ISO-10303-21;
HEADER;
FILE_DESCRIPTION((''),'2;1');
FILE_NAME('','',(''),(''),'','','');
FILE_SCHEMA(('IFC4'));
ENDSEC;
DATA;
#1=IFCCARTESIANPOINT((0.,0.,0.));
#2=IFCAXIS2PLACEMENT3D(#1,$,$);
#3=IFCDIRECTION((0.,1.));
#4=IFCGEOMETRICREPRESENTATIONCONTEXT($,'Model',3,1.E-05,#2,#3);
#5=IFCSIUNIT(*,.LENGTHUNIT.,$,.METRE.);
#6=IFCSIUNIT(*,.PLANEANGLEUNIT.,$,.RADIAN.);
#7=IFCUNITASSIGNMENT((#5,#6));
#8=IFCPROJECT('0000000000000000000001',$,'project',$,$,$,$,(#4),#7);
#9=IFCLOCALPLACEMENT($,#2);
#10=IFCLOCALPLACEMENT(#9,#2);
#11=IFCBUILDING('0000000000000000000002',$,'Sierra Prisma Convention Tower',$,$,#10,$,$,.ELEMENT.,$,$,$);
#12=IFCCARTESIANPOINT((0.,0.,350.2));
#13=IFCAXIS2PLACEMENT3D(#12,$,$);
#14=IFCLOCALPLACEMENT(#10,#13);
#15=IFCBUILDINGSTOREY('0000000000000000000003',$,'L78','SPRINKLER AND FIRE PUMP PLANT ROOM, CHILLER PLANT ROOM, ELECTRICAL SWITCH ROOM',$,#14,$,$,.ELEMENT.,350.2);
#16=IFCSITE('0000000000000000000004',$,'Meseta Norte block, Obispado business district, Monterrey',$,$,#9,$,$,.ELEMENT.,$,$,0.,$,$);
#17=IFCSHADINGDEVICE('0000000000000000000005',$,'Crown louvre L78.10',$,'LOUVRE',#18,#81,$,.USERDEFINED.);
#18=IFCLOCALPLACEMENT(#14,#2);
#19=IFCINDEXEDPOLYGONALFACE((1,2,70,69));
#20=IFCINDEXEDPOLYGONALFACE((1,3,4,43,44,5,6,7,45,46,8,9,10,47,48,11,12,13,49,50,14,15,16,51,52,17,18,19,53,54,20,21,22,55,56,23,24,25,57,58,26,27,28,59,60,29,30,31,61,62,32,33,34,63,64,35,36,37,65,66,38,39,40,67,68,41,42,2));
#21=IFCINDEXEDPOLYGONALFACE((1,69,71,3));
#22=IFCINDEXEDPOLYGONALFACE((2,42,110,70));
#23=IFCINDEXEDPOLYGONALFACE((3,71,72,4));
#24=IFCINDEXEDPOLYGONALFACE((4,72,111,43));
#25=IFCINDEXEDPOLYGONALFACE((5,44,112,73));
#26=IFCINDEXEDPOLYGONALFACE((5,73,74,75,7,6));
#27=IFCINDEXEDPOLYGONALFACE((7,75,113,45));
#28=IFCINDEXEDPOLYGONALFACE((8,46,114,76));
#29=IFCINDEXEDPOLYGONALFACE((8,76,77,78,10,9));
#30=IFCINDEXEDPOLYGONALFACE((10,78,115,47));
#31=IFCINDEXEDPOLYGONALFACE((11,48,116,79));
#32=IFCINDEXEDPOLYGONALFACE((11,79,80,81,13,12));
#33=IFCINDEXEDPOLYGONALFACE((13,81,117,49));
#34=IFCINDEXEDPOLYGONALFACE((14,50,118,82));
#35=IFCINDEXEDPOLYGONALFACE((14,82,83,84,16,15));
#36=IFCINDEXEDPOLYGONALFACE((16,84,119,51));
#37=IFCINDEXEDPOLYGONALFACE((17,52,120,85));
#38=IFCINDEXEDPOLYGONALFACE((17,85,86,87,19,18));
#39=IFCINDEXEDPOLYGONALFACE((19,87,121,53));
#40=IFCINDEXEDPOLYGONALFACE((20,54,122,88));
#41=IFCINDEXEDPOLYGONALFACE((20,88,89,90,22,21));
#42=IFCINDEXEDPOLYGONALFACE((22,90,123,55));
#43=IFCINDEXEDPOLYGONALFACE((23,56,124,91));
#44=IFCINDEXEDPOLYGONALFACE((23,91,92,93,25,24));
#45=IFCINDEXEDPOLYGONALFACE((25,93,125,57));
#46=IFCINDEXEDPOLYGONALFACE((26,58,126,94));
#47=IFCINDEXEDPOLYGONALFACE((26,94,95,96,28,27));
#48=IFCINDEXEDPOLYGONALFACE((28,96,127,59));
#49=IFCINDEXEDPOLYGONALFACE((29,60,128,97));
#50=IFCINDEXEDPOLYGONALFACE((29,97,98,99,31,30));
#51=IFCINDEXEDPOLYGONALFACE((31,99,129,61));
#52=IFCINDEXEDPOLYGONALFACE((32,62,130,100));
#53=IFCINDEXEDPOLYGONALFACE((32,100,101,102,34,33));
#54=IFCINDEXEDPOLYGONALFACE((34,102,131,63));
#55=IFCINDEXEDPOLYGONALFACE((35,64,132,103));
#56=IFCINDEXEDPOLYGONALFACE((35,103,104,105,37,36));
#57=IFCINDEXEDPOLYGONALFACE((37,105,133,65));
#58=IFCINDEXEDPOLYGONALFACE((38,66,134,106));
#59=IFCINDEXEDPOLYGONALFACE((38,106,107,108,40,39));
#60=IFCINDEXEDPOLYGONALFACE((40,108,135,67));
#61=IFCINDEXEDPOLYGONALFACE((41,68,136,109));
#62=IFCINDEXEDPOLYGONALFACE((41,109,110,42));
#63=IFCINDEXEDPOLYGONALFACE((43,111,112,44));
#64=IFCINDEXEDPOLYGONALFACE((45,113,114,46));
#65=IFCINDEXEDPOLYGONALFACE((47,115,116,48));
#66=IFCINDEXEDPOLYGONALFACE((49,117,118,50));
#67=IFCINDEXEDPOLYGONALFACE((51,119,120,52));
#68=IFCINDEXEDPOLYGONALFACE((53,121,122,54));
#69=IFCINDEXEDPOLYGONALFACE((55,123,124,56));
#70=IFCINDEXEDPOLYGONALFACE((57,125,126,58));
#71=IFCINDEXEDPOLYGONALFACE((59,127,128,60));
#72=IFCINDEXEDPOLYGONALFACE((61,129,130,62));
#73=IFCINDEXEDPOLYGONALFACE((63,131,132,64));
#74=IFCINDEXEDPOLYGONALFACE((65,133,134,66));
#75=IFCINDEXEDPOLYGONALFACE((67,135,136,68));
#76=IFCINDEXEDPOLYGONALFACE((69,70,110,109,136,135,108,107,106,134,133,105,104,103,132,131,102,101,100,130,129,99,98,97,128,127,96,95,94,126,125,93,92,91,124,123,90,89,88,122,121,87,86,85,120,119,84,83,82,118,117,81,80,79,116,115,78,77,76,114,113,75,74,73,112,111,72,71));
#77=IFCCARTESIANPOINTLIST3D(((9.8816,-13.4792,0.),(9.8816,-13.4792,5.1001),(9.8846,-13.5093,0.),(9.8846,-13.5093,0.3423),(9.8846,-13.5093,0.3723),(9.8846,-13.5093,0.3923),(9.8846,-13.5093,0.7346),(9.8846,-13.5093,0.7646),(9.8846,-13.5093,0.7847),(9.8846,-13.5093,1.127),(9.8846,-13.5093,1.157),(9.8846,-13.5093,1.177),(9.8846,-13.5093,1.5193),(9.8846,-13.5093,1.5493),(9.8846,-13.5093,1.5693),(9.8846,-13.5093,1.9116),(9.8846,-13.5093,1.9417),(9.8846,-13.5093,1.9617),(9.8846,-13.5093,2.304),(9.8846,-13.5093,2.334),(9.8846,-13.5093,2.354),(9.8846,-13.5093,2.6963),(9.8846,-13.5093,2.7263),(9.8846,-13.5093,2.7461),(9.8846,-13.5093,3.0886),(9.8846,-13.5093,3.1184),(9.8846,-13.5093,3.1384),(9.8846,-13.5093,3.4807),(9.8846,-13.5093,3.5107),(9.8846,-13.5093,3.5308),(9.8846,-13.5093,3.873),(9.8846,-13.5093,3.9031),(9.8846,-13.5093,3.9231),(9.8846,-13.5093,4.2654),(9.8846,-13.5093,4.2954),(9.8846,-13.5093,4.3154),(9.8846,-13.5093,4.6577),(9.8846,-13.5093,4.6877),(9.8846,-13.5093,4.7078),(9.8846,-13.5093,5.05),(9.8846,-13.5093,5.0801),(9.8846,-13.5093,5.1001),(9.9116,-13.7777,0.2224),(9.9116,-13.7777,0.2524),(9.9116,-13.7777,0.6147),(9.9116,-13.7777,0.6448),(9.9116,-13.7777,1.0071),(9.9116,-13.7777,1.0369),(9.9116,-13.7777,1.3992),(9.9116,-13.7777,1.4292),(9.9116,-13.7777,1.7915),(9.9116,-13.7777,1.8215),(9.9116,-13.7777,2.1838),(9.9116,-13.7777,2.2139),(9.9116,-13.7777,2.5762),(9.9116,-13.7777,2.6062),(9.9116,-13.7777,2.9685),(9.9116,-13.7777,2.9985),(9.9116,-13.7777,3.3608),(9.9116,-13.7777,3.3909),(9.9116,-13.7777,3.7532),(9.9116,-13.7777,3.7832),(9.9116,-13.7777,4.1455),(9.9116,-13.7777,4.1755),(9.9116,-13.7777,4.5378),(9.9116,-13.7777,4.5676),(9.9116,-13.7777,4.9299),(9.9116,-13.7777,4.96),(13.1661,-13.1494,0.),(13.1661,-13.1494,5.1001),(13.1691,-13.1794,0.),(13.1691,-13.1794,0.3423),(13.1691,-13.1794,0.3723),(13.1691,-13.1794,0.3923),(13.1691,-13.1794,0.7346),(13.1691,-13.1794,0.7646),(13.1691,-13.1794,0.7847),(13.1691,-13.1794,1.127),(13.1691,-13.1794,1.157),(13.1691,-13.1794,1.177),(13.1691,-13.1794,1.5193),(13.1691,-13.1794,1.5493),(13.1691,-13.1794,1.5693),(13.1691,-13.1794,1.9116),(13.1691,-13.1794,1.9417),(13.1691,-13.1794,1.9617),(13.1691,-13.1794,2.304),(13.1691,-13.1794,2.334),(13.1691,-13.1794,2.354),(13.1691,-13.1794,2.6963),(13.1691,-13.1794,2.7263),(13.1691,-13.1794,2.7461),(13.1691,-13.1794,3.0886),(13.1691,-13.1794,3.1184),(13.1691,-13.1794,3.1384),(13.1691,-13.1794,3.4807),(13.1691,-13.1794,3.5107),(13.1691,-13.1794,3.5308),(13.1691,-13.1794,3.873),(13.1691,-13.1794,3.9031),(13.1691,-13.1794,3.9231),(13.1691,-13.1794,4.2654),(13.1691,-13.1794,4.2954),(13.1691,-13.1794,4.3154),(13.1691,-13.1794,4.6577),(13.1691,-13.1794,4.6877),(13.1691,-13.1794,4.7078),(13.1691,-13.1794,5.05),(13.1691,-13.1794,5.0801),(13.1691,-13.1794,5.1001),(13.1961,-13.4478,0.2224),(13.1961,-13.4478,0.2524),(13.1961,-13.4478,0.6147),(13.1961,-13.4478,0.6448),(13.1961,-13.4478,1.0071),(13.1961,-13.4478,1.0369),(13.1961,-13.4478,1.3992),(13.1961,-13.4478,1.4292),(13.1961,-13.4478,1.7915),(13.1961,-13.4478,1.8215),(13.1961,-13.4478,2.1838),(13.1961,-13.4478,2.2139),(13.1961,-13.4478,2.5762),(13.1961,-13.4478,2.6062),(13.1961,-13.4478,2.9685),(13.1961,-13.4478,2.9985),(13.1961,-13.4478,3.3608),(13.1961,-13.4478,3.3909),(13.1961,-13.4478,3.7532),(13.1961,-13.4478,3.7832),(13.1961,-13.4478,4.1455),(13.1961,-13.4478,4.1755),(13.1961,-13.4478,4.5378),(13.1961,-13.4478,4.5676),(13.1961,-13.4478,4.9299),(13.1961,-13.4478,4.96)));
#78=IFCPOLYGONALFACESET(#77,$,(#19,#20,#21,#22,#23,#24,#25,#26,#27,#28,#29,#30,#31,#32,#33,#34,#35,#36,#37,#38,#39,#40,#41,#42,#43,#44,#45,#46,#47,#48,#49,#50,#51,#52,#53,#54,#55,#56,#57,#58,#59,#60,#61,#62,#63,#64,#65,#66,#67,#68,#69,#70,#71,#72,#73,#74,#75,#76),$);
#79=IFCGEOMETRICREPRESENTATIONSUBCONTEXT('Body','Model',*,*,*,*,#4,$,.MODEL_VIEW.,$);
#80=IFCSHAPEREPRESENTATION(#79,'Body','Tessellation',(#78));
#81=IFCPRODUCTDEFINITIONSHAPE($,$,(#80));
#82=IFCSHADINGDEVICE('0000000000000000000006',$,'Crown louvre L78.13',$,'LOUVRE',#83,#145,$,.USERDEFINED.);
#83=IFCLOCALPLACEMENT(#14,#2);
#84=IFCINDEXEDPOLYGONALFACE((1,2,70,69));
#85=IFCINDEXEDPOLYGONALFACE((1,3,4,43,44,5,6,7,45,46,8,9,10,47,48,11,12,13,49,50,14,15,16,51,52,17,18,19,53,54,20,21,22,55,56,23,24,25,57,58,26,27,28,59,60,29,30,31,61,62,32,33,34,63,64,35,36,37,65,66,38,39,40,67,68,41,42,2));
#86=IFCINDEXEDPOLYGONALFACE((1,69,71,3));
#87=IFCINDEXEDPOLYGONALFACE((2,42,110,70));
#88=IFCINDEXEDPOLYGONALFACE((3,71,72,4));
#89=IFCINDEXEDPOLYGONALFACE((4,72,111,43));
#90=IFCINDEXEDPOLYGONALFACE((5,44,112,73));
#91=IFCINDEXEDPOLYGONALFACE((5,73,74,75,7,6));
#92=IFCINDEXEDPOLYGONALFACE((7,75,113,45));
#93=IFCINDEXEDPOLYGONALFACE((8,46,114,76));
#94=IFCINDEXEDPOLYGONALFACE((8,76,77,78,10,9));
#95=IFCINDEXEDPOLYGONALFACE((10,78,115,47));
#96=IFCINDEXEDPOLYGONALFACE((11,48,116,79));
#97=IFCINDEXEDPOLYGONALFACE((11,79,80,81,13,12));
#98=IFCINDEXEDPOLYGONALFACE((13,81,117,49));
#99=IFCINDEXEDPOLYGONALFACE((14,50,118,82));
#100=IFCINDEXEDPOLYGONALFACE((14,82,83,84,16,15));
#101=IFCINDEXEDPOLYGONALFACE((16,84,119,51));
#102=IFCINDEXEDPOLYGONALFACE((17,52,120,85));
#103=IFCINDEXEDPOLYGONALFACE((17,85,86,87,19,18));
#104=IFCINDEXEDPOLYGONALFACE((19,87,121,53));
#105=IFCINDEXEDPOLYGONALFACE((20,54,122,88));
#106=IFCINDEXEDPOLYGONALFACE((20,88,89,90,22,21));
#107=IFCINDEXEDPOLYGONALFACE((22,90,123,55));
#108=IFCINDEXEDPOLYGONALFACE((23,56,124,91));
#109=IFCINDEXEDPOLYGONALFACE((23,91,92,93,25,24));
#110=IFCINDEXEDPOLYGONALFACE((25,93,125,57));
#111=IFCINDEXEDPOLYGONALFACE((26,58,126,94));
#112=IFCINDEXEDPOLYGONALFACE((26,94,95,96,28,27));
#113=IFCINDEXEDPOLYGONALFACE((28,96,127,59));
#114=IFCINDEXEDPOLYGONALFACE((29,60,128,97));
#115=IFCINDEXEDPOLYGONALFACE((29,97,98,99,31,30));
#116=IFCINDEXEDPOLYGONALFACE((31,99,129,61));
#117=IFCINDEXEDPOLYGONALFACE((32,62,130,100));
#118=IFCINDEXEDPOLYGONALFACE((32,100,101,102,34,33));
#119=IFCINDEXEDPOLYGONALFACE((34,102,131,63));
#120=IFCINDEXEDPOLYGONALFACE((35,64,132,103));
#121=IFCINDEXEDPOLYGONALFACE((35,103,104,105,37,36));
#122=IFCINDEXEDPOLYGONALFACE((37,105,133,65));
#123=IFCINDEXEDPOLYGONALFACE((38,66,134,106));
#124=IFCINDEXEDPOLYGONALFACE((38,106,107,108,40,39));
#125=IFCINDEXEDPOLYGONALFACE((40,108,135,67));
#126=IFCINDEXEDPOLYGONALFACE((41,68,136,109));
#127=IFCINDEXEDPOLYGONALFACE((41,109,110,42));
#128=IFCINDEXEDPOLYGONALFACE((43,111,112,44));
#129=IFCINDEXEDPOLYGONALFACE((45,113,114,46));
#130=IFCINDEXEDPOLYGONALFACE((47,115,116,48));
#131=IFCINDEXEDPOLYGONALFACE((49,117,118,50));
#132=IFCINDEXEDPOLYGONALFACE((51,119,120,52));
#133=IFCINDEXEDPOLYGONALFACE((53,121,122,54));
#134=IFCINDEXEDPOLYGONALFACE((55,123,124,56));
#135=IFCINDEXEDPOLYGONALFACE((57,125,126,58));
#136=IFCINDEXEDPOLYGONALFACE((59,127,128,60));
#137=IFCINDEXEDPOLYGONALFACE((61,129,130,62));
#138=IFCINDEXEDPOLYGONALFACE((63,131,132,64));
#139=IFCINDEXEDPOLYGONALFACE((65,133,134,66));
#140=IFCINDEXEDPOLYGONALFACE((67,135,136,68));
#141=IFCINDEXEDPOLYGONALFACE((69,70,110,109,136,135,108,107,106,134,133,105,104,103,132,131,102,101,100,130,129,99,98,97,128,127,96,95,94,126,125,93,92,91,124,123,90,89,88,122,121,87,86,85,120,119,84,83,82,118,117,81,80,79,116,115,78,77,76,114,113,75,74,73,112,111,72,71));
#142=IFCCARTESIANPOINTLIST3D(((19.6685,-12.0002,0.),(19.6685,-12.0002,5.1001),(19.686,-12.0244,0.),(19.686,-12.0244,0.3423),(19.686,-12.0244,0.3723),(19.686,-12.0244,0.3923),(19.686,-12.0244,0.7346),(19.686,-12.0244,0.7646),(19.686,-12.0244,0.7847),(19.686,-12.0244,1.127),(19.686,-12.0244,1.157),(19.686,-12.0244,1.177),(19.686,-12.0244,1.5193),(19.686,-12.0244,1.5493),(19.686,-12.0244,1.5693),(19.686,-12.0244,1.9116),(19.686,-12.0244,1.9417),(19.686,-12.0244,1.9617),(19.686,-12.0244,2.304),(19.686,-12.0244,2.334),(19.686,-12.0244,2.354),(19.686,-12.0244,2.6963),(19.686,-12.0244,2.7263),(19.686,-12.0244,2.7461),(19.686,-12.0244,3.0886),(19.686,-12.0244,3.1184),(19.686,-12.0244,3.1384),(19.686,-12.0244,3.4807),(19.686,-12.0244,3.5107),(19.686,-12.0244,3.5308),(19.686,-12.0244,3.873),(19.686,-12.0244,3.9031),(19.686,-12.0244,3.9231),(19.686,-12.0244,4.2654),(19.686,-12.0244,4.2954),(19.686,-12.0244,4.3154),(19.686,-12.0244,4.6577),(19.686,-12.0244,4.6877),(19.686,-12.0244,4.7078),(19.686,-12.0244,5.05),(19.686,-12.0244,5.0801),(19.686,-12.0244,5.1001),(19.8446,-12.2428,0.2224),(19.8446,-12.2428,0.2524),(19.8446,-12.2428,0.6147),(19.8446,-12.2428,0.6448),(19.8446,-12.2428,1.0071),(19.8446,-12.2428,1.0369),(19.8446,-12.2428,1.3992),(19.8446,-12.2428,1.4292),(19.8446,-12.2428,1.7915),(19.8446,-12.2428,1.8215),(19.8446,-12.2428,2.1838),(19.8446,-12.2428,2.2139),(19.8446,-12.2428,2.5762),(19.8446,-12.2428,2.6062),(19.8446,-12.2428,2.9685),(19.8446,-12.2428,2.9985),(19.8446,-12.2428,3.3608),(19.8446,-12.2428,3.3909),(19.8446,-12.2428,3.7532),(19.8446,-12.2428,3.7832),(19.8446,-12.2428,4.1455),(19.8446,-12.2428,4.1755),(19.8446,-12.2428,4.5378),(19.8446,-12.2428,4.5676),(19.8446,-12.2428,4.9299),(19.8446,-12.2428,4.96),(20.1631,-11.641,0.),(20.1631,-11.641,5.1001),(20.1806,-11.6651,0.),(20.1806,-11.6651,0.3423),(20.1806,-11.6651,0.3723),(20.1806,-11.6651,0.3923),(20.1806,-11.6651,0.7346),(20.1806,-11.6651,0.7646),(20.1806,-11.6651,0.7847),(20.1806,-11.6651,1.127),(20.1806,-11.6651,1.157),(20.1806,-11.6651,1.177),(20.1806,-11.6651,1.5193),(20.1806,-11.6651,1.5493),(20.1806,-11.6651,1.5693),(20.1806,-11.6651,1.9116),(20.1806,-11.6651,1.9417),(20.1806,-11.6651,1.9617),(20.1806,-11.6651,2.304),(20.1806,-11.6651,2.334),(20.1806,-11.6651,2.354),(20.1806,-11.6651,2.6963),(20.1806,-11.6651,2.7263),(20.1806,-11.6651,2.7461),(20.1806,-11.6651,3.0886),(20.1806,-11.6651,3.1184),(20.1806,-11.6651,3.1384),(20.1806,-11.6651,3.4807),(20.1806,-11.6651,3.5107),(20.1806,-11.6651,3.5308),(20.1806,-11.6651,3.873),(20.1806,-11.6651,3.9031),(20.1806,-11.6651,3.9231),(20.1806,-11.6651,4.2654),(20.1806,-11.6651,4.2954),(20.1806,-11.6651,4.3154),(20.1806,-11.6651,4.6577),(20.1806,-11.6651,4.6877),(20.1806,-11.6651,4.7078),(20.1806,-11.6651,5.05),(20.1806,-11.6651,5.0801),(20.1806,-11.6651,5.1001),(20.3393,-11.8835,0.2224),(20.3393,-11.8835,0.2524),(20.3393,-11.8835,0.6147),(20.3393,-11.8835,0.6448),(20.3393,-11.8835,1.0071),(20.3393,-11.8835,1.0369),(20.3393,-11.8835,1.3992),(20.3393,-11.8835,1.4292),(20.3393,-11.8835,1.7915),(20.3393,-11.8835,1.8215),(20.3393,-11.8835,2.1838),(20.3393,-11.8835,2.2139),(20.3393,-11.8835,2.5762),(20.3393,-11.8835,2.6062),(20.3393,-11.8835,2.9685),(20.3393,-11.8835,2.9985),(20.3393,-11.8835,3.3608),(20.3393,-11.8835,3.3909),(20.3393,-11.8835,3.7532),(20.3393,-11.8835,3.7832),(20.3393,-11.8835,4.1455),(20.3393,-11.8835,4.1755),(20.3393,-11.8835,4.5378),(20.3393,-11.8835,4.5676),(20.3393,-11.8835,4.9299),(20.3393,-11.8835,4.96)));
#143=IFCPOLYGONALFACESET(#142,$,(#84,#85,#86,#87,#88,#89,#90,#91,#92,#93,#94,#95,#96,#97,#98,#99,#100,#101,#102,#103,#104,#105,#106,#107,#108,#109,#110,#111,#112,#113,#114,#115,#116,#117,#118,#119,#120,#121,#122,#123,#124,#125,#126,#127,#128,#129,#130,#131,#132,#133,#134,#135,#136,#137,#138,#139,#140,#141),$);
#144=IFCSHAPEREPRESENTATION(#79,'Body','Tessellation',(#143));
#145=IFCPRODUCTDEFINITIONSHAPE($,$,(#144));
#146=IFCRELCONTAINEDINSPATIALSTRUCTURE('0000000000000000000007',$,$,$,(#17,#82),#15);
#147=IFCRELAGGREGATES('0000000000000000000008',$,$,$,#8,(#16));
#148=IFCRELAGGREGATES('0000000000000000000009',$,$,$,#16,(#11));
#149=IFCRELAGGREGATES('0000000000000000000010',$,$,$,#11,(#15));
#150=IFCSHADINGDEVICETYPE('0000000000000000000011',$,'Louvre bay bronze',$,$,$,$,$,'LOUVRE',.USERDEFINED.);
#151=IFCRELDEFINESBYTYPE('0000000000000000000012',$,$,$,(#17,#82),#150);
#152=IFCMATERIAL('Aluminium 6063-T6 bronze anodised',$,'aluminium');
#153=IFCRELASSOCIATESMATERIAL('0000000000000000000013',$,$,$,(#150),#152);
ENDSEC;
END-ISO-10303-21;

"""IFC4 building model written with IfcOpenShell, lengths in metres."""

from ifc_helpers import new_model, si_unit, direction, frame, origin, place, context, subcontext, project, spatial, polyline, outline, extrude, material, type_object, element, save


model = new_model("IFC4")

# Units and contexts
model_context = context("Model", 3, precision=1e-05, world=origin(), true_north=direction((0.0, 1.0)))
body_context = subcontext(model_context, "Body", "Model", "MODEL_VIEW")
ifc_project = project(units=[si_unit("LENGTHUNIT", "METRE"), si_unit("PLANEANGLEUNIT", "RADIAN")], contexts=[model_context])

# Site, building, storey
site_placement = place(None, origin())
site = spatial("IfcSite", under=ifc_project, at=site_placement, Name="Meseta Norte block, Obispado business district, Monterrey", CompositionType="ELEMENT", RefElevation=0.0)
building_placement = place(site_placement, origin())
building = spatial("IfcBuilding", under=site, at=building_placement, Name="Sierra Prisma Convention Tower", CompositionType="ELEMENT")
storey_placement = place(building_placement, frame((0.0, 0.0, 350.2)))
storey = spatial("IfcBuildingStorey", under=building, at=storey_placement, Name="L78", Description="SPRINKLER AND FIRE PUMP PLANT ROOM, CHILLER PLANT ROOM, ELECTRICAL SWITCH ROOM", CompositionType="ELEMENT", Elevation=350.2)

# Shading devices
ifc_material_1 = material(Name="Aluminium 6063-T6 bronze anodised", Category="aluminium")
shading_device_type = type_object("IfcShadingDeviceType", Name="Louvre bay bronze", ElementType="LOUVRE", PredefinedType="USERDEFINED", material=ifc_material_1)
shading_device_1_placement = place(storey_placement, frame((9.8816, -13.4792, 0.0), z_axis=(-0.994994, -0.099932, 0.0), x_axis=(0.0, 0.0, 1.0)))
element("IfcShadingDevice", 1, at=shading_device_1_placement, inside=storey, type_object=shading_device_type, Name="Crown louvre L78.10", ObjectType="LOUVRE", PredefinedType="USERDEFINED", context=body_context, shape_type="SweptSolid", body=[
    extrude(outline(polyline([(0.0, 0.0), (5.1001, 0.0), (5.1001, -0.0302), (5.0801, -0.0302), (4.96, -0.2999), (4.9299, -0.2999), (5.05, -0.0302), (4.7078, -0.0302), (4.6877, -0.0302), (4.5676, -0.2999), (4.5378, -0.2999), (4.6577, -0.0302), (4.3154, -0.0302), (4.2954, -0.0302), (4.1755, -0.2999), (4.1455, -0.2999), (4.2654, -0.0302), (3.9231, -0.0302), (3.9031, -0.0302), (3.7832, -0.2999), (3.7532, -0.2999), (3.873, -0.0302), (3.5308, -0.0302), (3.5107, -0.0302), (3.3909, -0.2999), (3.3608, -0.2999), (3.4807, -0.0302), (3.1384, -0.0302), (3.1184, -0.0302), (2.9985, -0.2999), (2.9685, -0.2999), (3.0886, -0.0302), (2.7461, -0.0302), (2.7263, -0.0302), (2.6062, -0.2999), (2.5762, -0.2999), (2.6963, -0.0302), (2.354, -0.0302), (2.334, -0.0302), (2.2139, -0.2999), (2.1838, -0.2999), (2.304, -0.0302), (1.9617, -0.0302), (1.9417, -0.0302), (1.8215, -0.2999), (1.7915, -0.2999), (1.9116, -0.0302), (1.5693, -0.0302), (1.5493, -0.0302), (1.4292, -0.2999), (1.3992, -0.2999), (1.5193, -0.0302), (1.177, -0.0302), (1.157, -0.0302), (1.0369, -0.2999), (1.0071, -0.2999), (1.127, -0.0302), (0.7847, -0.0302), (0.7646, -0.0302), (0.6448, -0.2999), (0.6147, -0.2999), (0.7346, -0.0302), (0.3923, -0.0302), (0.3723, -0.0302), (0.2524, -0.2999), (0.2224, -0.2999), (0.3423, -0.0302), (0.0, -0.0302), (0.0, 0.0)])), origin(), (0.0, 0.0, -1.0), 3.301),
])
shading_device_2_placement = place(storey_placement, frame((19.6685, -12.0002, 0.0), z_axis=(-0.809072, -0.58771, 0.0), x_axis=(0.0, 0.0, 1.0)))
element("IfcShadingDevice", 2, at=shading_device_2_placement, inside=storey, type_object=shading_device_type, Name="Crown louvre L78.13", ObjectType="LOUVRE", PredefinedType="USERDEFINED", context=body_context, shape_type="SweptSolid", body=[
    extrude(outline(polyline([(0.0, 0.0), (5.1001, 0.0), (5.1001, -0.0299), (5.0801, -0.0299), (4.96, -0.2998), (4.9299, -0.2998), (5.05, -0.0299), (4.7078, -0.0299), (4.6877, -0.0299), (4.5676, -0.2998), (4.5378, -0.2998), (4.6577, -0.0299), (4.3154, -0.0299), (4.2954, -0.0299), (4.1755, -0.2998), (4.1455, -0.2998), (4.2654, -0.0299), (3.9231, -0.0299), (3.9031, -0.0299), (3.7832, -0.2998), (3.7532, -0.2998), (3.873, -0.0299), (3.5308, -0.0299), (3.5107, -0.0299), (3.3909, -0.2998), (3.3608, -0.2998), (3.4807, -0.0299), (3.1384, -0.0299), (3.1184, -0.0299), (2.9985, -0.2998), (2.9685, -0.2998), (3.0886, -0.0299), (2.7461, -0.0299), (2.7263, -0.0299), (2.6062, -0.2998), (2.5762, -0.2998), (2.6963, -0.0299), (2.354, -0.0299), (2.334, -0.0299), (2.2139, -0.2998), (2.1838, -0.2998), (2.304, -0.0299), (1.9617, -0.0299), (1.9417, -0.0299), (1.8215, -0.2998), (1.7915, -0.2998), (1.9116, -0.0299), (1.5693, -0.0299), (1.5493, -0.0299), (1.4292, -0.2998), (1.3992, -0.2998), (1.5193, -0.0299), (1.177, -0.0299), (1.157, -0.0299), (1.0369, -0.2998), (1.0071, -0.2998), (1.127, -0.0299), (0.7847, -0.0299), (0.7646, -0.0299), (0.6448, -0.2998), (0.6147, -0.2998), (0.7346, -0.0299), (0.3923, -0.0299), (0.3723, -0.0299), (0.2524, -0.2998), (0.2224, -0.2998), (0.3423, -0.0299), (0.0, -0.0299), (0.0, 0.0)])), origin(), (0.0, 0.0, -1.0), 0.6113),
])

save(model, "model.ifc")
